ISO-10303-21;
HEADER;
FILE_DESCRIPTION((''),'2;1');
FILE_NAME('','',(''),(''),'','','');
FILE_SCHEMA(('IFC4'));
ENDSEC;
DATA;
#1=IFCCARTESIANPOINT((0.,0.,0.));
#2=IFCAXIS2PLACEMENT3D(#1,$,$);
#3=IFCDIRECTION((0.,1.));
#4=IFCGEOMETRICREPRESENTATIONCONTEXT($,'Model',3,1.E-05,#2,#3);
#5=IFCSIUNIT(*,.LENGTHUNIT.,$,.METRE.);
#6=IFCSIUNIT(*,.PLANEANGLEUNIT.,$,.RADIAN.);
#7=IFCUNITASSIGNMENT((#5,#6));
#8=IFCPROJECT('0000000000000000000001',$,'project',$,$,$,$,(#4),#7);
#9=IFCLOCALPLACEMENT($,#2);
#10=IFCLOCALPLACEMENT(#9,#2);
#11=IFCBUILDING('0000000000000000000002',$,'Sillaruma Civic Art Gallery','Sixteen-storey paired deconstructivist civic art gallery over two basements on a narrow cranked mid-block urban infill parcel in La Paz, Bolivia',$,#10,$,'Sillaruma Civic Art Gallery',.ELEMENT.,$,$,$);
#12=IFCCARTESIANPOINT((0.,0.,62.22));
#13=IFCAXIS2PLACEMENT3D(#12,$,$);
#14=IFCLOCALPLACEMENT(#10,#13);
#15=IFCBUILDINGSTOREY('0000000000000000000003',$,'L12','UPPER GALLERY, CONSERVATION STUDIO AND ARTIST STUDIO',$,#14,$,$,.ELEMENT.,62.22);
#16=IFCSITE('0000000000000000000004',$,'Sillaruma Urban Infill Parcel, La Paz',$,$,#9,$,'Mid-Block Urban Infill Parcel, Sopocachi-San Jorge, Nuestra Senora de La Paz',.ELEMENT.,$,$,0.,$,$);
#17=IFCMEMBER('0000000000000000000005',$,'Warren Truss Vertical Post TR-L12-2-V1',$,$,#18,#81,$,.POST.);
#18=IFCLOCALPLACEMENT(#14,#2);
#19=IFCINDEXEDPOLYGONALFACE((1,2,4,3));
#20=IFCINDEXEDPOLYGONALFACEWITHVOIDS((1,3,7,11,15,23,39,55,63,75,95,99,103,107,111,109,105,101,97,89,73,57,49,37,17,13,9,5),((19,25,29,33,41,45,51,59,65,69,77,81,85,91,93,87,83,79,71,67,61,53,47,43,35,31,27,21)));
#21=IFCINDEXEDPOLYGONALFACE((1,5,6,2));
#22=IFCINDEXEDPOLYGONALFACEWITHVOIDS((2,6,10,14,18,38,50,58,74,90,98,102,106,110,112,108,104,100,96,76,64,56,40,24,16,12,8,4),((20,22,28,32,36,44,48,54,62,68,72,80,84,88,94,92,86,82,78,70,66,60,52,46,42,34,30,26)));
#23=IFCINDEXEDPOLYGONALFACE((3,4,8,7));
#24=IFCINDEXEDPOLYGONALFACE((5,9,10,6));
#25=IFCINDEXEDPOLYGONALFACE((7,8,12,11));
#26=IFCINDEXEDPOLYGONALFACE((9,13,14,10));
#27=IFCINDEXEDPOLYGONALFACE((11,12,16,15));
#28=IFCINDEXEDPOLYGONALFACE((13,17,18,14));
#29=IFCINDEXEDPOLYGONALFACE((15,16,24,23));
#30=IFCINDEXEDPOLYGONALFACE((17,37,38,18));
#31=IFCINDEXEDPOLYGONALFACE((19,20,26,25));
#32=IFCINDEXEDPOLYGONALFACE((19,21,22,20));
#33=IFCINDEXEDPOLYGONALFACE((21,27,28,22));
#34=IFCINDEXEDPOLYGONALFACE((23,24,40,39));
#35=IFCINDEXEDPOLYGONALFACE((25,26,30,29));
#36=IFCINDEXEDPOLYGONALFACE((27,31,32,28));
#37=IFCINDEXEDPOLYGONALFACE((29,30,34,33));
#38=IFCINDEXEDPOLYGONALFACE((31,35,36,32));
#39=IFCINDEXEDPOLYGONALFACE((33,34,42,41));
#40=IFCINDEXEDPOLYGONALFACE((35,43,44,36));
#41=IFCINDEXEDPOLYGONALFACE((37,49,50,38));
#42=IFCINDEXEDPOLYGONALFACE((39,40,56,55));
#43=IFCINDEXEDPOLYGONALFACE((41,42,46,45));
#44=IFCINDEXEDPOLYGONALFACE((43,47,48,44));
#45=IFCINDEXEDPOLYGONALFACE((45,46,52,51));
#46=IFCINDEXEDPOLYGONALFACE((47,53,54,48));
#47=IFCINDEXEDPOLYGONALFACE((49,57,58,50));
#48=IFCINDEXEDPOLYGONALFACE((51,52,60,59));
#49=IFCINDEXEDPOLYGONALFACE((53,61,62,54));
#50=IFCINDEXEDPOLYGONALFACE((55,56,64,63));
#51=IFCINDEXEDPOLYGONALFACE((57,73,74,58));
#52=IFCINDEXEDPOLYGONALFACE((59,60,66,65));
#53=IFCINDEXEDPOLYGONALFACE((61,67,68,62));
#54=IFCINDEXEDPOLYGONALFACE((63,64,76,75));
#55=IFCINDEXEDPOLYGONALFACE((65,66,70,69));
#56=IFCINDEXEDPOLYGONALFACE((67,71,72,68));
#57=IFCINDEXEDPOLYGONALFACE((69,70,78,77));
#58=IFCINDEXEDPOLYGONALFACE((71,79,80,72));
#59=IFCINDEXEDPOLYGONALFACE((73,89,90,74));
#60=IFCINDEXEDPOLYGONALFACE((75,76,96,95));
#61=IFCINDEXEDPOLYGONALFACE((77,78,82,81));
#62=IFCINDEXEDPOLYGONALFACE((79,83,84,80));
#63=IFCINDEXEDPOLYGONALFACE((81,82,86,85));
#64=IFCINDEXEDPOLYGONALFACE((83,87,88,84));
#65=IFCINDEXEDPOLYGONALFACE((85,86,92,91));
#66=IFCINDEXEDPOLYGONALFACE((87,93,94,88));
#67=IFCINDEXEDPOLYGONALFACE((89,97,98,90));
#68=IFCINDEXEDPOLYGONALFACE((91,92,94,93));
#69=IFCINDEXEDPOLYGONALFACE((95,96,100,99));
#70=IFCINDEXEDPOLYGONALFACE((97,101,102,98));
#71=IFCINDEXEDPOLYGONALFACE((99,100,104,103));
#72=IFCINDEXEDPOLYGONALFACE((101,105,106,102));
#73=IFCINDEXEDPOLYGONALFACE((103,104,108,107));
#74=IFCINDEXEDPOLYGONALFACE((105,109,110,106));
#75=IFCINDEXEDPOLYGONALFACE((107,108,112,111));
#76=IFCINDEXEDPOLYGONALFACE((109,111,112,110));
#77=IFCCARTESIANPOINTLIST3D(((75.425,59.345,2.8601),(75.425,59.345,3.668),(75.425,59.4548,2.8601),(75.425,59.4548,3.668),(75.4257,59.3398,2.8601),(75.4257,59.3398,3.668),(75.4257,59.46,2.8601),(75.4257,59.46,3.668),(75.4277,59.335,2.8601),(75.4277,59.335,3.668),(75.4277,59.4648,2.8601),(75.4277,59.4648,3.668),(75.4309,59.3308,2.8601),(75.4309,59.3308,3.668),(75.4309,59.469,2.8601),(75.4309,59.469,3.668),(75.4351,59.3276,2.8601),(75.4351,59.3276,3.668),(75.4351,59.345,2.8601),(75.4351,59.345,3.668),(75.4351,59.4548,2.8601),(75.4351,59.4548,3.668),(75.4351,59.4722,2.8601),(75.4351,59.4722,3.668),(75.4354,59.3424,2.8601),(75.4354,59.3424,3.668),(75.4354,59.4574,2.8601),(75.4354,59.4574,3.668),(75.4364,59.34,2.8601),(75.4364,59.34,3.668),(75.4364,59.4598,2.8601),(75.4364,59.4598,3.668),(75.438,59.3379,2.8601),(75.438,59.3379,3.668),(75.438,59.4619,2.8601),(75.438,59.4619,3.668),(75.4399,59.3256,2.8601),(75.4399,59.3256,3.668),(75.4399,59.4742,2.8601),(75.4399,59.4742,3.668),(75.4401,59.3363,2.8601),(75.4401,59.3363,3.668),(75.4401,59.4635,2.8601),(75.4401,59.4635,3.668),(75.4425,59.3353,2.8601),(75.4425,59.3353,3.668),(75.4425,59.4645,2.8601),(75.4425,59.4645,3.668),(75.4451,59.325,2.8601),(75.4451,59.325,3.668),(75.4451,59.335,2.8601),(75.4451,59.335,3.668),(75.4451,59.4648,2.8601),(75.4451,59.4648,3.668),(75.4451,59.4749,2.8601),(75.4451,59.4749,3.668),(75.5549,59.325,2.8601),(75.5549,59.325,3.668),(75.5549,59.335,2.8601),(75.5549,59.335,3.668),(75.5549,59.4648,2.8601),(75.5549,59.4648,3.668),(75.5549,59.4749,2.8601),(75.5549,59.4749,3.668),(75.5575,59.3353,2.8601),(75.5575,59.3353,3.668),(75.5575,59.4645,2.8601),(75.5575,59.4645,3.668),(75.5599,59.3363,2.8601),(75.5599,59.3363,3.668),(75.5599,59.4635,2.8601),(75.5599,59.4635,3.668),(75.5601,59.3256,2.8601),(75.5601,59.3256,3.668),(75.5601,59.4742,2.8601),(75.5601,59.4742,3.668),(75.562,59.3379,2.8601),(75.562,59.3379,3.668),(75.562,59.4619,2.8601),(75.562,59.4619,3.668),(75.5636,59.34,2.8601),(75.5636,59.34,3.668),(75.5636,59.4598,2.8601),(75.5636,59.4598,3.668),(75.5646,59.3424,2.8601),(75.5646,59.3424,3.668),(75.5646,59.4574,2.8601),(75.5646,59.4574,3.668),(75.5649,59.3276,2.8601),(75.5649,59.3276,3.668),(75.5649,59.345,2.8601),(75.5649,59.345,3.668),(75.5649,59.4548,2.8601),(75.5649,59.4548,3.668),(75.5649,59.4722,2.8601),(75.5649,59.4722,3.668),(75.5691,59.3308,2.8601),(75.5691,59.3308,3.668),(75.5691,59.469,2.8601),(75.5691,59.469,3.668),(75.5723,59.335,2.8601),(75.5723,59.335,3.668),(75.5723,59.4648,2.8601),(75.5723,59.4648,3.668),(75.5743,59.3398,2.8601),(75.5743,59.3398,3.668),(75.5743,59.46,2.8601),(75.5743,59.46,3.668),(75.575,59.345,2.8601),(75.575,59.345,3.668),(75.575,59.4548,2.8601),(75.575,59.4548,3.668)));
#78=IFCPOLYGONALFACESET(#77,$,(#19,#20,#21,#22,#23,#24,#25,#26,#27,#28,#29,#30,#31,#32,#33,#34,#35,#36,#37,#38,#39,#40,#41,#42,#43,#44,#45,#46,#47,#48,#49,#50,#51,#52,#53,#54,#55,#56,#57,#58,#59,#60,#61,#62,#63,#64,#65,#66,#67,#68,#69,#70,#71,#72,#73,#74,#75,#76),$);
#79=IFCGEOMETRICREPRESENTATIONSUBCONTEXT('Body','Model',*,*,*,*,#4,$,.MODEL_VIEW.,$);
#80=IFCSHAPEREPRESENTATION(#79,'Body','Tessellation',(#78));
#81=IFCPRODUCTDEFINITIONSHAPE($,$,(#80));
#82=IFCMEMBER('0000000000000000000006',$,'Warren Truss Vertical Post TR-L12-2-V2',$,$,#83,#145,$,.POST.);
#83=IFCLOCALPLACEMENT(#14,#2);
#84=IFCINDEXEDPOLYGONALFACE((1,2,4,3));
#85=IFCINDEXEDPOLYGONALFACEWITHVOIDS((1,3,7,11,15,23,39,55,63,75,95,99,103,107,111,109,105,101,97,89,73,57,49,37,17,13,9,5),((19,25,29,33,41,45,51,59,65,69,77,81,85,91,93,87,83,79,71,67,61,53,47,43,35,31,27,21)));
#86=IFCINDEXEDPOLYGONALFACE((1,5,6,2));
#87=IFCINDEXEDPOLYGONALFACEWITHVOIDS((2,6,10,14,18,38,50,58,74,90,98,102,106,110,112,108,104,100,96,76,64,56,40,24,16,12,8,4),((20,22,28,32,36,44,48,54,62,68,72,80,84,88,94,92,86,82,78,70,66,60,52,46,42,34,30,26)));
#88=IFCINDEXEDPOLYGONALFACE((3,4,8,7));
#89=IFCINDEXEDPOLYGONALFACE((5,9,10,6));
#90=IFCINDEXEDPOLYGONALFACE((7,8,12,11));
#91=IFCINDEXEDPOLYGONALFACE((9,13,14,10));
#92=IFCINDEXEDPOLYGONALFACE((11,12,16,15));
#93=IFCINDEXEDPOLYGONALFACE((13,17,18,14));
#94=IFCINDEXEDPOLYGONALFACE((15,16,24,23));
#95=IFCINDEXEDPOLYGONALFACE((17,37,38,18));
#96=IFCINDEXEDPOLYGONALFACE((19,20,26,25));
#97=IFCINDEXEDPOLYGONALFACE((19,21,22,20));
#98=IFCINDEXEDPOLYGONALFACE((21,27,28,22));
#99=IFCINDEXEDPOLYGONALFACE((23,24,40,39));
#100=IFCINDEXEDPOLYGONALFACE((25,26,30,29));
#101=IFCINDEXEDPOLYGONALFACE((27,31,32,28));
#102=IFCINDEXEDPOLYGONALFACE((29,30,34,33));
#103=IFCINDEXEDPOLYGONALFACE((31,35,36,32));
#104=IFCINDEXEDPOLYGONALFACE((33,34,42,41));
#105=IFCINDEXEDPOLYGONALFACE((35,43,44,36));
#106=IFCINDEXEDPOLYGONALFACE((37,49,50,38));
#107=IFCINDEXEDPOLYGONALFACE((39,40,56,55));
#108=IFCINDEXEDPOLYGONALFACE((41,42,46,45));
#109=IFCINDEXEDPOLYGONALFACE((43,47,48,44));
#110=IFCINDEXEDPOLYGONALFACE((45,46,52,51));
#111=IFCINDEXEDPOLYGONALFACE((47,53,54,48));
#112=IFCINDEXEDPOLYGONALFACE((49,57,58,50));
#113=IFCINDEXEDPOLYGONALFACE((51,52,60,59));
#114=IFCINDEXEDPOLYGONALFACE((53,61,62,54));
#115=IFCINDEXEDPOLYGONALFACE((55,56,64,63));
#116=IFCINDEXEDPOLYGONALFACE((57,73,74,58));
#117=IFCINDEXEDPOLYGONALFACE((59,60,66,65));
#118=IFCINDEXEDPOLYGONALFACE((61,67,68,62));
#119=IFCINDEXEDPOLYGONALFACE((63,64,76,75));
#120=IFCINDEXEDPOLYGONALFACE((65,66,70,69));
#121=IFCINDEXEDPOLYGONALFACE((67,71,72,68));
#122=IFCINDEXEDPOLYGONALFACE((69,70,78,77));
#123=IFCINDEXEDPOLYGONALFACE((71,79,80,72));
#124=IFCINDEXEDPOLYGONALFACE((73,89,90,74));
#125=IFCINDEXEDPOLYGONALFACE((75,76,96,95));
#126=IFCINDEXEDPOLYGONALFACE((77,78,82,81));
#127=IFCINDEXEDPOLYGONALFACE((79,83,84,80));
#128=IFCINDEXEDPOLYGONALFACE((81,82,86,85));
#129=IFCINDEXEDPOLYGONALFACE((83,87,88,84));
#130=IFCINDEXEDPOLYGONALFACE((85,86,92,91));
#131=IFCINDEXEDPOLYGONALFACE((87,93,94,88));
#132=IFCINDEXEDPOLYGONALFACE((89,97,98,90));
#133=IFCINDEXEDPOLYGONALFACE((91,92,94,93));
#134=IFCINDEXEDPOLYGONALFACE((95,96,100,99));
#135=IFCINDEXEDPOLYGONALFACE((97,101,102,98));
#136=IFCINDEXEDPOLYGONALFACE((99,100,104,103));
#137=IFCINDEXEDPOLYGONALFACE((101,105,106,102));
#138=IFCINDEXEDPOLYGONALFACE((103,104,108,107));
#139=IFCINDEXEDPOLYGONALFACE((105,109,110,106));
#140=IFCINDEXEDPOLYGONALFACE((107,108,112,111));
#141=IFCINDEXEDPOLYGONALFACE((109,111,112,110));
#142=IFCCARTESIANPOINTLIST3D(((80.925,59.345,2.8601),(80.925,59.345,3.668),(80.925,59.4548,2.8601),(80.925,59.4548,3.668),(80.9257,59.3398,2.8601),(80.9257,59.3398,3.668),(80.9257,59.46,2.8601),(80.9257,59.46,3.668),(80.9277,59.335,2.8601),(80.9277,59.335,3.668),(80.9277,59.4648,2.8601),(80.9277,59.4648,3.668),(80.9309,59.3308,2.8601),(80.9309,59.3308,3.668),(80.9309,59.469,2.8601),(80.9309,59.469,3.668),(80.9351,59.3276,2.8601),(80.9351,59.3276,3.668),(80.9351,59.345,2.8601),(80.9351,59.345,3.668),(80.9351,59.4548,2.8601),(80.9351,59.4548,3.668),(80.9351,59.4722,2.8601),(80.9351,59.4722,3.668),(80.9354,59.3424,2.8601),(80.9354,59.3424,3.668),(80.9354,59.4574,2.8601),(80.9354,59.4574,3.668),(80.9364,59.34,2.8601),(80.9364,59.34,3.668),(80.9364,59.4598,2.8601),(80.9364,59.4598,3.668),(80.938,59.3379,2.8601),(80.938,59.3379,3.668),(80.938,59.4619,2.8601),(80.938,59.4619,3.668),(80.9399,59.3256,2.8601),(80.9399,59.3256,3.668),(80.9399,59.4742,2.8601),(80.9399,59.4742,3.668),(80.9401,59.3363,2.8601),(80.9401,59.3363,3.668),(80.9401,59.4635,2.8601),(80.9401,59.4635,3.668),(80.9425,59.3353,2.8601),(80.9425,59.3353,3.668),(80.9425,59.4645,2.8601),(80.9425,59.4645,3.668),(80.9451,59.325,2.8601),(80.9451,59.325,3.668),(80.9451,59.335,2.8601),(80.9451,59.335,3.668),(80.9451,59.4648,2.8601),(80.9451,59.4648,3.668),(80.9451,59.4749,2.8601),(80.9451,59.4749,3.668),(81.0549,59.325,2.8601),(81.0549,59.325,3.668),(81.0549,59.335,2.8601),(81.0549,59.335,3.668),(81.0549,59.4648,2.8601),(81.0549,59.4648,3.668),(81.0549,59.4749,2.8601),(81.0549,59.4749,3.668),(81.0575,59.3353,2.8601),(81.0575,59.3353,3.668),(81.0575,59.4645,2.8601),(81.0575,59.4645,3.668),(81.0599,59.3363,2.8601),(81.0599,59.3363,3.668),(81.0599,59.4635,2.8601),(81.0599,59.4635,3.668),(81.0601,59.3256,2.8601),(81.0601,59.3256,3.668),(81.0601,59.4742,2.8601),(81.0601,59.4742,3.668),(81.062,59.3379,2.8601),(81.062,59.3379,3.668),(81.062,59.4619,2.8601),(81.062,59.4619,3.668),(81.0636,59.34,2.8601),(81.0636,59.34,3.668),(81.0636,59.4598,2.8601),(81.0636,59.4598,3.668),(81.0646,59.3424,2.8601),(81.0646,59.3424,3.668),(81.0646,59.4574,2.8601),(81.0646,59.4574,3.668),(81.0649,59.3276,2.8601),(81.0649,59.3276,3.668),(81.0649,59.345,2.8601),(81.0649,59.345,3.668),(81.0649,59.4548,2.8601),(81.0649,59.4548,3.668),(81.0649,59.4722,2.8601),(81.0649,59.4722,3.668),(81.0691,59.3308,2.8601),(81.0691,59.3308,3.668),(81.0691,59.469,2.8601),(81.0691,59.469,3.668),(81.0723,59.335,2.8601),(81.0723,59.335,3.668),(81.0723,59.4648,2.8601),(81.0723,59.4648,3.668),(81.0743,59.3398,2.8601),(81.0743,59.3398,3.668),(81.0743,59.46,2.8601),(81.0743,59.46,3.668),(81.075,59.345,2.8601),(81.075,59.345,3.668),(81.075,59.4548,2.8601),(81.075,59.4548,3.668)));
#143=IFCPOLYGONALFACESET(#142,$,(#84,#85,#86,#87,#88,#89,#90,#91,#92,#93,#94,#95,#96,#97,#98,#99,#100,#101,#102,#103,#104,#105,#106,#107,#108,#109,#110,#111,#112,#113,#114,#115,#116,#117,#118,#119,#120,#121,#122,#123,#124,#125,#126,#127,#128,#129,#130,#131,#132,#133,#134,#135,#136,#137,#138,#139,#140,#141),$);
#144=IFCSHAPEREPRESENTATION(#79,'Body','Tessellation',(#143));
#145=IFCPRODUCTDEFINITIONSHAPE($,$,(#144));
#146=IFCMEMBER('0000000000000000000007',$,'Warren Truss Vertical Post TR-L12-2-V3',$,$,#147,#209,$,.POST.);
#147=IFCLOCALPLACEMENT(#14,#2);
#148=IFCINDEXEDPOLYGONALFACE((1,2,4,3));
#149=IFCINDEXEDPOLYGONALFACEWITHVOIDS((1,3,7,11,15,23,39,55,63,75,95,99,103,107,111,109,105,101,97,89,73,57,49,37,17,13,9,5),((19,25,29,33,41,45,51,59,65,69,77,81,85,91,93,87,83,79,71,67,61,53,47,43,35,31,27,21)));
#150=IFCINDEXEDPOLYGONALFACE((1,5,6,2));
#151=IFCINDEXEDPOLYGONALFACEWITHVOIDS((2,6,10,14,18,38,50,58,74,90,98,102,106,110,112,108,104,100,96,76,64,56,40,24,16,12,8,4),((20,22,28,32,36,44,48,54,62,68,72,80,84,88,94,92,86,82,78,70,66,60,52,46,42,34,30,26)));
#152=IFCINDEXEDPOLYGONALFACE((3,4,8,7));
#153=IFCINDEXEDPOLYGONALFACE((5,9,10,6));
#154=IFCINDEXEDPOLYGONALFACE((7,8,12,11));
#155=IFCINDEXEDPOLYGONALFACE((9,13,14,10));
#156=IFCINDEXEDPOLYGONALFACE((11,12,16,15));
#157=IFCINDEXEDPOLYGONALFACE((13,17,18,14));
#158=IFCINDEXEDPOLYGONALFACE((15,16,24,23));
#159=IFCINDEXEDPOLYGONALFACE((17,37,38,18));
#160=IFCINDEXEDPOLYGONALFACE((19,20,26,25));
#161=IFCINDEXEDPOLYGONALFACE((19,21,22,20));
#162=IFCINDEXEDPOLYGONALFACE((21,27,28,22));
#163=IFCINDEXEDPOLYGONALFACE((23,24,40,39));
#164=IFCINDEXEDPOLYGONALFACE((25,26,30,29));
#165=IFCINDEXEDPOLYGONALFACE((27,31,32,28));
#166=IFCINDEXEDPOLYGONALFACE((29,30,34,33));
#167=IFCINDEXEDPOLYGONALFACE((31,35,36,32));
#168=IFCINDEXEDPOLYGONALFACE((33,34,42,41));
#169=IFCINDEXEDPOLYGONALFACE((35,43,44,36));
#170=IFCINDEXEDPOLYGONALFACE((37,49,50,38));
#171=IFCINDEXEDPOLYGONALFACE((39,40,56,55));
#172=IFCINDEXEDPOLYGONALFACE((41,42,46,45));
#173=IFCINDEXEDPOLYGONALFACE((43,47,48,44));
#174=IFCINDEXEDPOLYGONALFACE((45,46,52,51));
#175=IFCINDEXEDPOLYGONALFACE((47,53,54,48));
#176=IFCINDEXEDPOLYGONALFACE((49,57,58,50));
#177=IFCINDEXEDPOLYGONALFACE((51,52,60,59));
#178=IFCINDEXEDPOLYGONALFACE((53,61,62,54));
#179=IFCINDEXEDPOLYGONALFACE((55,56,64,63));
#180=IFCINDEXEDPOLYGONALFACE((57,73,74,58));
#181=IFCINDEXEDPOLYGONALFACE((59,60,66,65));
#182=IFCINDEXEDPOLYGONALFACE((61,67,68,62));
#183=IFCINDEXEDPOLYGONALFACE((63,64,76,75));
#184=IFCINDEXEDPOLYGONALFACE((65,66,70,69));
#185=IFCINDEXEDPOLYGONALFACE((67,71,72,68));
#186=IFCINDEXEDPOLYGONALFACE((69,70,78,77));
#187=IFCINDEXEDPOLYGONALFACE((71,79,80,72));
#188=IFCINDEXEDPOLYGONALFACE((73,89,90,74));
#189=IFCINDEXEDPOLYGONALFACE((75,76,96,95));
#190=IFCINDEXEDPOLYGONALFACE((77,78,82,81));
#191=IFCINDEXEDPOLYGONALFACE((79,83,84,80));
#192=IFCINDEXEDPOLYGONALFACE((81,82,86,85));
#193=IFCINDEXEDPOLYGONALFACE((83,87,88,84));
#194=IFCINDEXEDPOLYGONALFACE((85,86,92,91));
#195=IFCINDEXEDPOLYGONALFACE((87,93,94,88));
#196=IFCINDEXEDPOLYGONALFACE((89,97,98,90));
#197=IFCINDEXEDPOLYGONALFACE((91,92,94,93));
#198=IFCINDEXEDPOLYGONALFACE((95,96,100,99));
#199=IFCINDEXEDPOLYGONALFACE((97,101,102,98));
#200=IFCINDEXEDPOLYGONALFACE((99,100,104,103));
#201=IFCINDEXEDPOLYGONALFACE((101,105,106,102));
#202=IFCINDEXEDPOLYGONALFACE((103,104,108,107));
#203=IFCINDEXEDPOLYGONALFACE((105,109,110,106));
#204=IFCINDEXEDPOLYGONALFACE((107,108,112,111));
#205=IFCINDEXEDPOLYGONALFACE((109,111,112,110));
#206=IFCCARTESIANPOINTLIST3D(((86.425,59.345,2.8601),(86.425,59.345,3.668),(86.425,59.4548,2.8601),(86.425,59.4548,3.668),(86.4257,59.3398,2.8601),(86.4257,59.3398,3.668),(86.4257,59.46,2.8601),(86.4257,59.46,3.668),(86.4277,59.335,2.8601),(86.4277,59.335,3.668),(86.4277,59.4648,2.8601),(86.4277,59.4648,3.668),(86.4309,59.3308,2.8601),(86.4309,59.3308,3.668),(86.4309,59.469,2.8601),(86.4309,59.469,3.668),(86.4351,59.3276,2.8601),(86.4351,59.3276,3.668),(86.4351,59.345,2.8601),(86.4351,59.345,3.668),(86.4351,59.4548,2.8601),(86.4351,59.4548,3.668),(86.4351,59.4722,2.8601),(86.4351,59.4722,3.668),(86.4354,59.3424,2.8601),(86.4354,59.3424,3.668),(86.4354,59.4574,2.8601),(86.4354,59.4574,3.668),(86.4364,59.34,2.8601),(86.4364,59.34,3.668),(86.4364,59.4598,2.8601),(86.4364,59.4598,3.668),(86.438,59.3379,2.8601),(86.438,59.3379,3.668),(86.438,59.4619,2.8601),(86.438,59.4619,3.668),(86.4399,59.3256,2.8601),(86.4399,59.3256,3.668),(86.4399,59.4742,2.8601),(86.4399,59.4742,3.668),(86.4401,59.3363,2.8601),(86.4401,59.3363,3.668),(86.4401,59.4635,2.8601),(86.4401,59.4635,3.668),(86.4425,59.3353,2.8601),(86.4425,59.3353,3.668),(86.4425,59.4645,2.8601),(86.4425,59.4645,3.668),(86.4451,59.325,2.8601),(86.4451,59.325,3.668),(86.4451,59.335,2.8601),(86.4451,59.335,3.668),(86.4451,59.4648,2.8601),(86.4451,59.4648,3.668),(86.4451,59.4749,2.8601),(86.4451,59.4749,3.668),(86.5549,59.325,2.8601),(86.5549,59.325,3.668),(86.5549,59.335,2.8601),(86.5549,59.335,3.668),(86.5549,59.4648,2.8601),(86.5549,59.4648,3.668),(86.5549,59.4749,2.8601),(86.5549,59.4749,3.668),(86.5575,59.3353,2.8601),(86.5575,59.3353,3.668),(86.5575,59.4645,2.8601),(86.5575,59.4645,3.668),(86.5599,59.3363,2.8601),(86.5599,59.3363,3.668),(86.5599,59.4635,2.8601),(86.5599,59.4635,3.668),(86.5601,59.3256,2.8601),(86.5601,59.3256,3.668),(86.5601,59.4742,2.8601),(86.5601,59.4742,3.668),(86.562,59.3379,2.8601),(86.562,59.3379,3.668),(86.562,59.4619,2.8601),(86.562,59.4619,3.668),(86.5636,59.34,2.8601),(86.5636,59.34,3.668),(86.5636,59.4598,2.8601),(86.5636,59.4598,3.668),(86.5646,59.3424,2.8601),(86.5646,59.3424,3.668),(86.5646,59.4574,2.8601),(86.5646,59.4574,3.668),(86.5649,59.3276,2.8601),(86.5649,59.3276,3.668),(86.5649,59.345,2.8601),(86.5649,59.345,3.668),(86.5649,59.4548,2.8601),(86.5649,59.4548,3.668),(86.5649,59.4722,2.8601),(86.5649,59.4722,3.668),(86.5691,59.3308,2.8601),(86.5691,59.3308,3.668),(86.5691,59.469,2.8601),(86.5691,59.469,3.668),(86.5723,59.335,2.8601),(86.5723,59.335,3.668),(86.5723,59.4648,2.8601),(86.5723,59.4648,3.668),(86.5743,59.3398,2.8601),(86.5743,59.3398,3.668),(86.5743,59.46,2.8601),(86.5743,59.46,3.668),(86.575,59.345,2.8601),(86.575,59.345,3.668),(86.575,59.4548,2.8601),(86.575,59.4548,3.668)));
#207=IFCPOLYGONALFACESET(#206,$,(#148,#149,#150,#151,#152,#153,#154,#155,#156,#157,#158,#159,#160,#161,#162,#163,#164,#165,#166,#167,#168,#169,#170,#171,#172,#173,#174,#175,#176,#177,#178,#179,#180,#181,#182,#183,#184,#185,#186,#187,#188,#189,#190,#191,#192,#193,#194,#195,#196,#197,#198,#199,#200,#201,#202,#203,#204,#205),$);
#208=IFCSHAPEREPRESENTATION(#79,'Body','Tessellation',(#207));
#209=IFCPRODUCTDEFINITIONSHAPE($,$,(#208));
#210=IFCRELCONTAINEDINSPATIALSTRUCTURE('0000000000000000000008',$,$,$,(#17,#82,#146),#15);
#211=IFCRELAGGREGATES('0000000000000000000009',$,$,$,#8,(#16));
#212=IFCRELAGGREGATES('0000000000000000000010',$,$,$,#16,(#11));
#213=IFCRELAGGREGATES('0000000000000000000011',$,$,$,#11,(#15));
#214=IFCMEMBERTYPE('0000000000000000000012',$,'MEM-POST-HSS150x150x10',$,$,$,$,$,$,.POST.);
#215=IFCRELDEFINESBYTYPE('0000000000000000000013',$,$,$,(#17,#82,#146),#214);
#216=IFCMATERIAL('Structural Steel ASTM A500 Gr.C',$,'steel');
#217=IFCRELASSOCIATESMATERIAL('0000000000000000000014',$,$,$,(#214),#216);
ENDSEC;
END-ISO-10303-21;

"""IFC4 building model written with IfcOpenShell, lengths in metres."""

from ifc_helpers import new_model, si_unit, direction, frame, origin, origin_2d, place, context, subcontext, project, spatial, hollow_rectangle, extrude, material, material_profile, profile_set, type_object, element, save


model = new_model("IFC4")

# Units and contexts
model_context = context("Model", 3, precision=1e-05, world=origin(), true_north=direction((0.0, 1.0)))
body_context = subcontext(model_context, "Body", "Model", "MODEL_VIEW")
ifc_project = project(units=[si_unit("LENGTHUNIT", "METRE"), si_unit("PLANEANGLEUNIT", "RADIAN")], contexts=[model_context])

# Site, building, storey
site_placement = place(None, origin())
site = spatial("IfcSite", under=ifc_project, at=site_placement, Name="Sillaruma Urban Infill Parcel, La Paz", LongName="Mid-Block Urban Infill Parcel, Sopocachi-San Jorge, Nuestra Senora de La Paz", CompositionType="ELEMENT", RefElevation=0.0)
building_placement = place(site_placement, origin())
building = spatial("IfcBuilding", under=site, at=building_placement, Name="Sillaruma Civic Art Gallery", Description="Sixteen-storey paired deconstructivist civic art gallery over two basements on a narrow cranked mid-block urban infill parcel in La Paz, Bolivia", LongName="Sillaruma Civic Art Gallery", CompositionType="ELEMENT")
storey_placement = place(building_placement, frame((0.0, 0.0, 62.22)))
storey = spatial("IfcBuildingStorey", under=building, at=storey_placement, Name="L12", Description="UPPER GALLERY, CONSERVATION STUDIO AND ARTIST STUDIO", CompositionType="ELEMENT", Elevation=62.22)

# Members
ifc_material_1 = material(Name="Structural Steel ASTM A500 Gr.C", Category="steel")
ifc_material_profile_1 = material_profile(ifc_material_1, hollow_rectangle(XDim=0.1499, YDim=0.1499, WallThickness=0.01, InnerFilletRadius=0.01, OuterFilletRadius=0.02, at=origin_2d()), Name="HSS150x150x10")
ifc_profile_set_1 = profile_set([ifc_material_profile_1], Name="Structural Steel ASTM A500 Gr.C")
member_type_1 = type_object("IfcMemberType", Name="MEM-POST-HSS150x150x10", PredefinedType="POST", material=ifc_profile_set_1)
for number, where, z_axis, x_axis, name in (
    (1, (75.5, 59.3999, 2.8601), (0.0, 0.0, 1.0), (1.0, 0.0, 0.0), "Warren Truss Vertical Post TR-L12-2-V1"),
    (2, (81.0, 59.3999, 2.8601), (0.0, 0.0, 1.0), (1.0, 0.0, 0.0), "Warren Truss Vertical Post TR-L12-2-V2"),
    (3, (86.5, 59.3999, 2.8601), (0.0, 0.0, 1.0), (1.0, 0.0, 0.0), "Warren Truss Vertical Post TR-L12-2-V3"),
):
    element("IfcMember", number, at=place(storey_placement, frame(where, z_axis=z_axis, x_axis=x_axis)), inside=storey, type_object=member_type_1, Name=name, PredefinedType="POST", context=body_context, shape_type="SweptSolid", body=[
        extrude(hollow_rectangle(XDim=0.1499, YDim=0.1499, WallThickness=0.01, InnerFilletRadius=0.01, OuterFilletRadius=0.02, at=origin_2d()), origin(), (0.0, 0.0, 1.0), 0.8079),
    ])

save(model, "model.ifc")
